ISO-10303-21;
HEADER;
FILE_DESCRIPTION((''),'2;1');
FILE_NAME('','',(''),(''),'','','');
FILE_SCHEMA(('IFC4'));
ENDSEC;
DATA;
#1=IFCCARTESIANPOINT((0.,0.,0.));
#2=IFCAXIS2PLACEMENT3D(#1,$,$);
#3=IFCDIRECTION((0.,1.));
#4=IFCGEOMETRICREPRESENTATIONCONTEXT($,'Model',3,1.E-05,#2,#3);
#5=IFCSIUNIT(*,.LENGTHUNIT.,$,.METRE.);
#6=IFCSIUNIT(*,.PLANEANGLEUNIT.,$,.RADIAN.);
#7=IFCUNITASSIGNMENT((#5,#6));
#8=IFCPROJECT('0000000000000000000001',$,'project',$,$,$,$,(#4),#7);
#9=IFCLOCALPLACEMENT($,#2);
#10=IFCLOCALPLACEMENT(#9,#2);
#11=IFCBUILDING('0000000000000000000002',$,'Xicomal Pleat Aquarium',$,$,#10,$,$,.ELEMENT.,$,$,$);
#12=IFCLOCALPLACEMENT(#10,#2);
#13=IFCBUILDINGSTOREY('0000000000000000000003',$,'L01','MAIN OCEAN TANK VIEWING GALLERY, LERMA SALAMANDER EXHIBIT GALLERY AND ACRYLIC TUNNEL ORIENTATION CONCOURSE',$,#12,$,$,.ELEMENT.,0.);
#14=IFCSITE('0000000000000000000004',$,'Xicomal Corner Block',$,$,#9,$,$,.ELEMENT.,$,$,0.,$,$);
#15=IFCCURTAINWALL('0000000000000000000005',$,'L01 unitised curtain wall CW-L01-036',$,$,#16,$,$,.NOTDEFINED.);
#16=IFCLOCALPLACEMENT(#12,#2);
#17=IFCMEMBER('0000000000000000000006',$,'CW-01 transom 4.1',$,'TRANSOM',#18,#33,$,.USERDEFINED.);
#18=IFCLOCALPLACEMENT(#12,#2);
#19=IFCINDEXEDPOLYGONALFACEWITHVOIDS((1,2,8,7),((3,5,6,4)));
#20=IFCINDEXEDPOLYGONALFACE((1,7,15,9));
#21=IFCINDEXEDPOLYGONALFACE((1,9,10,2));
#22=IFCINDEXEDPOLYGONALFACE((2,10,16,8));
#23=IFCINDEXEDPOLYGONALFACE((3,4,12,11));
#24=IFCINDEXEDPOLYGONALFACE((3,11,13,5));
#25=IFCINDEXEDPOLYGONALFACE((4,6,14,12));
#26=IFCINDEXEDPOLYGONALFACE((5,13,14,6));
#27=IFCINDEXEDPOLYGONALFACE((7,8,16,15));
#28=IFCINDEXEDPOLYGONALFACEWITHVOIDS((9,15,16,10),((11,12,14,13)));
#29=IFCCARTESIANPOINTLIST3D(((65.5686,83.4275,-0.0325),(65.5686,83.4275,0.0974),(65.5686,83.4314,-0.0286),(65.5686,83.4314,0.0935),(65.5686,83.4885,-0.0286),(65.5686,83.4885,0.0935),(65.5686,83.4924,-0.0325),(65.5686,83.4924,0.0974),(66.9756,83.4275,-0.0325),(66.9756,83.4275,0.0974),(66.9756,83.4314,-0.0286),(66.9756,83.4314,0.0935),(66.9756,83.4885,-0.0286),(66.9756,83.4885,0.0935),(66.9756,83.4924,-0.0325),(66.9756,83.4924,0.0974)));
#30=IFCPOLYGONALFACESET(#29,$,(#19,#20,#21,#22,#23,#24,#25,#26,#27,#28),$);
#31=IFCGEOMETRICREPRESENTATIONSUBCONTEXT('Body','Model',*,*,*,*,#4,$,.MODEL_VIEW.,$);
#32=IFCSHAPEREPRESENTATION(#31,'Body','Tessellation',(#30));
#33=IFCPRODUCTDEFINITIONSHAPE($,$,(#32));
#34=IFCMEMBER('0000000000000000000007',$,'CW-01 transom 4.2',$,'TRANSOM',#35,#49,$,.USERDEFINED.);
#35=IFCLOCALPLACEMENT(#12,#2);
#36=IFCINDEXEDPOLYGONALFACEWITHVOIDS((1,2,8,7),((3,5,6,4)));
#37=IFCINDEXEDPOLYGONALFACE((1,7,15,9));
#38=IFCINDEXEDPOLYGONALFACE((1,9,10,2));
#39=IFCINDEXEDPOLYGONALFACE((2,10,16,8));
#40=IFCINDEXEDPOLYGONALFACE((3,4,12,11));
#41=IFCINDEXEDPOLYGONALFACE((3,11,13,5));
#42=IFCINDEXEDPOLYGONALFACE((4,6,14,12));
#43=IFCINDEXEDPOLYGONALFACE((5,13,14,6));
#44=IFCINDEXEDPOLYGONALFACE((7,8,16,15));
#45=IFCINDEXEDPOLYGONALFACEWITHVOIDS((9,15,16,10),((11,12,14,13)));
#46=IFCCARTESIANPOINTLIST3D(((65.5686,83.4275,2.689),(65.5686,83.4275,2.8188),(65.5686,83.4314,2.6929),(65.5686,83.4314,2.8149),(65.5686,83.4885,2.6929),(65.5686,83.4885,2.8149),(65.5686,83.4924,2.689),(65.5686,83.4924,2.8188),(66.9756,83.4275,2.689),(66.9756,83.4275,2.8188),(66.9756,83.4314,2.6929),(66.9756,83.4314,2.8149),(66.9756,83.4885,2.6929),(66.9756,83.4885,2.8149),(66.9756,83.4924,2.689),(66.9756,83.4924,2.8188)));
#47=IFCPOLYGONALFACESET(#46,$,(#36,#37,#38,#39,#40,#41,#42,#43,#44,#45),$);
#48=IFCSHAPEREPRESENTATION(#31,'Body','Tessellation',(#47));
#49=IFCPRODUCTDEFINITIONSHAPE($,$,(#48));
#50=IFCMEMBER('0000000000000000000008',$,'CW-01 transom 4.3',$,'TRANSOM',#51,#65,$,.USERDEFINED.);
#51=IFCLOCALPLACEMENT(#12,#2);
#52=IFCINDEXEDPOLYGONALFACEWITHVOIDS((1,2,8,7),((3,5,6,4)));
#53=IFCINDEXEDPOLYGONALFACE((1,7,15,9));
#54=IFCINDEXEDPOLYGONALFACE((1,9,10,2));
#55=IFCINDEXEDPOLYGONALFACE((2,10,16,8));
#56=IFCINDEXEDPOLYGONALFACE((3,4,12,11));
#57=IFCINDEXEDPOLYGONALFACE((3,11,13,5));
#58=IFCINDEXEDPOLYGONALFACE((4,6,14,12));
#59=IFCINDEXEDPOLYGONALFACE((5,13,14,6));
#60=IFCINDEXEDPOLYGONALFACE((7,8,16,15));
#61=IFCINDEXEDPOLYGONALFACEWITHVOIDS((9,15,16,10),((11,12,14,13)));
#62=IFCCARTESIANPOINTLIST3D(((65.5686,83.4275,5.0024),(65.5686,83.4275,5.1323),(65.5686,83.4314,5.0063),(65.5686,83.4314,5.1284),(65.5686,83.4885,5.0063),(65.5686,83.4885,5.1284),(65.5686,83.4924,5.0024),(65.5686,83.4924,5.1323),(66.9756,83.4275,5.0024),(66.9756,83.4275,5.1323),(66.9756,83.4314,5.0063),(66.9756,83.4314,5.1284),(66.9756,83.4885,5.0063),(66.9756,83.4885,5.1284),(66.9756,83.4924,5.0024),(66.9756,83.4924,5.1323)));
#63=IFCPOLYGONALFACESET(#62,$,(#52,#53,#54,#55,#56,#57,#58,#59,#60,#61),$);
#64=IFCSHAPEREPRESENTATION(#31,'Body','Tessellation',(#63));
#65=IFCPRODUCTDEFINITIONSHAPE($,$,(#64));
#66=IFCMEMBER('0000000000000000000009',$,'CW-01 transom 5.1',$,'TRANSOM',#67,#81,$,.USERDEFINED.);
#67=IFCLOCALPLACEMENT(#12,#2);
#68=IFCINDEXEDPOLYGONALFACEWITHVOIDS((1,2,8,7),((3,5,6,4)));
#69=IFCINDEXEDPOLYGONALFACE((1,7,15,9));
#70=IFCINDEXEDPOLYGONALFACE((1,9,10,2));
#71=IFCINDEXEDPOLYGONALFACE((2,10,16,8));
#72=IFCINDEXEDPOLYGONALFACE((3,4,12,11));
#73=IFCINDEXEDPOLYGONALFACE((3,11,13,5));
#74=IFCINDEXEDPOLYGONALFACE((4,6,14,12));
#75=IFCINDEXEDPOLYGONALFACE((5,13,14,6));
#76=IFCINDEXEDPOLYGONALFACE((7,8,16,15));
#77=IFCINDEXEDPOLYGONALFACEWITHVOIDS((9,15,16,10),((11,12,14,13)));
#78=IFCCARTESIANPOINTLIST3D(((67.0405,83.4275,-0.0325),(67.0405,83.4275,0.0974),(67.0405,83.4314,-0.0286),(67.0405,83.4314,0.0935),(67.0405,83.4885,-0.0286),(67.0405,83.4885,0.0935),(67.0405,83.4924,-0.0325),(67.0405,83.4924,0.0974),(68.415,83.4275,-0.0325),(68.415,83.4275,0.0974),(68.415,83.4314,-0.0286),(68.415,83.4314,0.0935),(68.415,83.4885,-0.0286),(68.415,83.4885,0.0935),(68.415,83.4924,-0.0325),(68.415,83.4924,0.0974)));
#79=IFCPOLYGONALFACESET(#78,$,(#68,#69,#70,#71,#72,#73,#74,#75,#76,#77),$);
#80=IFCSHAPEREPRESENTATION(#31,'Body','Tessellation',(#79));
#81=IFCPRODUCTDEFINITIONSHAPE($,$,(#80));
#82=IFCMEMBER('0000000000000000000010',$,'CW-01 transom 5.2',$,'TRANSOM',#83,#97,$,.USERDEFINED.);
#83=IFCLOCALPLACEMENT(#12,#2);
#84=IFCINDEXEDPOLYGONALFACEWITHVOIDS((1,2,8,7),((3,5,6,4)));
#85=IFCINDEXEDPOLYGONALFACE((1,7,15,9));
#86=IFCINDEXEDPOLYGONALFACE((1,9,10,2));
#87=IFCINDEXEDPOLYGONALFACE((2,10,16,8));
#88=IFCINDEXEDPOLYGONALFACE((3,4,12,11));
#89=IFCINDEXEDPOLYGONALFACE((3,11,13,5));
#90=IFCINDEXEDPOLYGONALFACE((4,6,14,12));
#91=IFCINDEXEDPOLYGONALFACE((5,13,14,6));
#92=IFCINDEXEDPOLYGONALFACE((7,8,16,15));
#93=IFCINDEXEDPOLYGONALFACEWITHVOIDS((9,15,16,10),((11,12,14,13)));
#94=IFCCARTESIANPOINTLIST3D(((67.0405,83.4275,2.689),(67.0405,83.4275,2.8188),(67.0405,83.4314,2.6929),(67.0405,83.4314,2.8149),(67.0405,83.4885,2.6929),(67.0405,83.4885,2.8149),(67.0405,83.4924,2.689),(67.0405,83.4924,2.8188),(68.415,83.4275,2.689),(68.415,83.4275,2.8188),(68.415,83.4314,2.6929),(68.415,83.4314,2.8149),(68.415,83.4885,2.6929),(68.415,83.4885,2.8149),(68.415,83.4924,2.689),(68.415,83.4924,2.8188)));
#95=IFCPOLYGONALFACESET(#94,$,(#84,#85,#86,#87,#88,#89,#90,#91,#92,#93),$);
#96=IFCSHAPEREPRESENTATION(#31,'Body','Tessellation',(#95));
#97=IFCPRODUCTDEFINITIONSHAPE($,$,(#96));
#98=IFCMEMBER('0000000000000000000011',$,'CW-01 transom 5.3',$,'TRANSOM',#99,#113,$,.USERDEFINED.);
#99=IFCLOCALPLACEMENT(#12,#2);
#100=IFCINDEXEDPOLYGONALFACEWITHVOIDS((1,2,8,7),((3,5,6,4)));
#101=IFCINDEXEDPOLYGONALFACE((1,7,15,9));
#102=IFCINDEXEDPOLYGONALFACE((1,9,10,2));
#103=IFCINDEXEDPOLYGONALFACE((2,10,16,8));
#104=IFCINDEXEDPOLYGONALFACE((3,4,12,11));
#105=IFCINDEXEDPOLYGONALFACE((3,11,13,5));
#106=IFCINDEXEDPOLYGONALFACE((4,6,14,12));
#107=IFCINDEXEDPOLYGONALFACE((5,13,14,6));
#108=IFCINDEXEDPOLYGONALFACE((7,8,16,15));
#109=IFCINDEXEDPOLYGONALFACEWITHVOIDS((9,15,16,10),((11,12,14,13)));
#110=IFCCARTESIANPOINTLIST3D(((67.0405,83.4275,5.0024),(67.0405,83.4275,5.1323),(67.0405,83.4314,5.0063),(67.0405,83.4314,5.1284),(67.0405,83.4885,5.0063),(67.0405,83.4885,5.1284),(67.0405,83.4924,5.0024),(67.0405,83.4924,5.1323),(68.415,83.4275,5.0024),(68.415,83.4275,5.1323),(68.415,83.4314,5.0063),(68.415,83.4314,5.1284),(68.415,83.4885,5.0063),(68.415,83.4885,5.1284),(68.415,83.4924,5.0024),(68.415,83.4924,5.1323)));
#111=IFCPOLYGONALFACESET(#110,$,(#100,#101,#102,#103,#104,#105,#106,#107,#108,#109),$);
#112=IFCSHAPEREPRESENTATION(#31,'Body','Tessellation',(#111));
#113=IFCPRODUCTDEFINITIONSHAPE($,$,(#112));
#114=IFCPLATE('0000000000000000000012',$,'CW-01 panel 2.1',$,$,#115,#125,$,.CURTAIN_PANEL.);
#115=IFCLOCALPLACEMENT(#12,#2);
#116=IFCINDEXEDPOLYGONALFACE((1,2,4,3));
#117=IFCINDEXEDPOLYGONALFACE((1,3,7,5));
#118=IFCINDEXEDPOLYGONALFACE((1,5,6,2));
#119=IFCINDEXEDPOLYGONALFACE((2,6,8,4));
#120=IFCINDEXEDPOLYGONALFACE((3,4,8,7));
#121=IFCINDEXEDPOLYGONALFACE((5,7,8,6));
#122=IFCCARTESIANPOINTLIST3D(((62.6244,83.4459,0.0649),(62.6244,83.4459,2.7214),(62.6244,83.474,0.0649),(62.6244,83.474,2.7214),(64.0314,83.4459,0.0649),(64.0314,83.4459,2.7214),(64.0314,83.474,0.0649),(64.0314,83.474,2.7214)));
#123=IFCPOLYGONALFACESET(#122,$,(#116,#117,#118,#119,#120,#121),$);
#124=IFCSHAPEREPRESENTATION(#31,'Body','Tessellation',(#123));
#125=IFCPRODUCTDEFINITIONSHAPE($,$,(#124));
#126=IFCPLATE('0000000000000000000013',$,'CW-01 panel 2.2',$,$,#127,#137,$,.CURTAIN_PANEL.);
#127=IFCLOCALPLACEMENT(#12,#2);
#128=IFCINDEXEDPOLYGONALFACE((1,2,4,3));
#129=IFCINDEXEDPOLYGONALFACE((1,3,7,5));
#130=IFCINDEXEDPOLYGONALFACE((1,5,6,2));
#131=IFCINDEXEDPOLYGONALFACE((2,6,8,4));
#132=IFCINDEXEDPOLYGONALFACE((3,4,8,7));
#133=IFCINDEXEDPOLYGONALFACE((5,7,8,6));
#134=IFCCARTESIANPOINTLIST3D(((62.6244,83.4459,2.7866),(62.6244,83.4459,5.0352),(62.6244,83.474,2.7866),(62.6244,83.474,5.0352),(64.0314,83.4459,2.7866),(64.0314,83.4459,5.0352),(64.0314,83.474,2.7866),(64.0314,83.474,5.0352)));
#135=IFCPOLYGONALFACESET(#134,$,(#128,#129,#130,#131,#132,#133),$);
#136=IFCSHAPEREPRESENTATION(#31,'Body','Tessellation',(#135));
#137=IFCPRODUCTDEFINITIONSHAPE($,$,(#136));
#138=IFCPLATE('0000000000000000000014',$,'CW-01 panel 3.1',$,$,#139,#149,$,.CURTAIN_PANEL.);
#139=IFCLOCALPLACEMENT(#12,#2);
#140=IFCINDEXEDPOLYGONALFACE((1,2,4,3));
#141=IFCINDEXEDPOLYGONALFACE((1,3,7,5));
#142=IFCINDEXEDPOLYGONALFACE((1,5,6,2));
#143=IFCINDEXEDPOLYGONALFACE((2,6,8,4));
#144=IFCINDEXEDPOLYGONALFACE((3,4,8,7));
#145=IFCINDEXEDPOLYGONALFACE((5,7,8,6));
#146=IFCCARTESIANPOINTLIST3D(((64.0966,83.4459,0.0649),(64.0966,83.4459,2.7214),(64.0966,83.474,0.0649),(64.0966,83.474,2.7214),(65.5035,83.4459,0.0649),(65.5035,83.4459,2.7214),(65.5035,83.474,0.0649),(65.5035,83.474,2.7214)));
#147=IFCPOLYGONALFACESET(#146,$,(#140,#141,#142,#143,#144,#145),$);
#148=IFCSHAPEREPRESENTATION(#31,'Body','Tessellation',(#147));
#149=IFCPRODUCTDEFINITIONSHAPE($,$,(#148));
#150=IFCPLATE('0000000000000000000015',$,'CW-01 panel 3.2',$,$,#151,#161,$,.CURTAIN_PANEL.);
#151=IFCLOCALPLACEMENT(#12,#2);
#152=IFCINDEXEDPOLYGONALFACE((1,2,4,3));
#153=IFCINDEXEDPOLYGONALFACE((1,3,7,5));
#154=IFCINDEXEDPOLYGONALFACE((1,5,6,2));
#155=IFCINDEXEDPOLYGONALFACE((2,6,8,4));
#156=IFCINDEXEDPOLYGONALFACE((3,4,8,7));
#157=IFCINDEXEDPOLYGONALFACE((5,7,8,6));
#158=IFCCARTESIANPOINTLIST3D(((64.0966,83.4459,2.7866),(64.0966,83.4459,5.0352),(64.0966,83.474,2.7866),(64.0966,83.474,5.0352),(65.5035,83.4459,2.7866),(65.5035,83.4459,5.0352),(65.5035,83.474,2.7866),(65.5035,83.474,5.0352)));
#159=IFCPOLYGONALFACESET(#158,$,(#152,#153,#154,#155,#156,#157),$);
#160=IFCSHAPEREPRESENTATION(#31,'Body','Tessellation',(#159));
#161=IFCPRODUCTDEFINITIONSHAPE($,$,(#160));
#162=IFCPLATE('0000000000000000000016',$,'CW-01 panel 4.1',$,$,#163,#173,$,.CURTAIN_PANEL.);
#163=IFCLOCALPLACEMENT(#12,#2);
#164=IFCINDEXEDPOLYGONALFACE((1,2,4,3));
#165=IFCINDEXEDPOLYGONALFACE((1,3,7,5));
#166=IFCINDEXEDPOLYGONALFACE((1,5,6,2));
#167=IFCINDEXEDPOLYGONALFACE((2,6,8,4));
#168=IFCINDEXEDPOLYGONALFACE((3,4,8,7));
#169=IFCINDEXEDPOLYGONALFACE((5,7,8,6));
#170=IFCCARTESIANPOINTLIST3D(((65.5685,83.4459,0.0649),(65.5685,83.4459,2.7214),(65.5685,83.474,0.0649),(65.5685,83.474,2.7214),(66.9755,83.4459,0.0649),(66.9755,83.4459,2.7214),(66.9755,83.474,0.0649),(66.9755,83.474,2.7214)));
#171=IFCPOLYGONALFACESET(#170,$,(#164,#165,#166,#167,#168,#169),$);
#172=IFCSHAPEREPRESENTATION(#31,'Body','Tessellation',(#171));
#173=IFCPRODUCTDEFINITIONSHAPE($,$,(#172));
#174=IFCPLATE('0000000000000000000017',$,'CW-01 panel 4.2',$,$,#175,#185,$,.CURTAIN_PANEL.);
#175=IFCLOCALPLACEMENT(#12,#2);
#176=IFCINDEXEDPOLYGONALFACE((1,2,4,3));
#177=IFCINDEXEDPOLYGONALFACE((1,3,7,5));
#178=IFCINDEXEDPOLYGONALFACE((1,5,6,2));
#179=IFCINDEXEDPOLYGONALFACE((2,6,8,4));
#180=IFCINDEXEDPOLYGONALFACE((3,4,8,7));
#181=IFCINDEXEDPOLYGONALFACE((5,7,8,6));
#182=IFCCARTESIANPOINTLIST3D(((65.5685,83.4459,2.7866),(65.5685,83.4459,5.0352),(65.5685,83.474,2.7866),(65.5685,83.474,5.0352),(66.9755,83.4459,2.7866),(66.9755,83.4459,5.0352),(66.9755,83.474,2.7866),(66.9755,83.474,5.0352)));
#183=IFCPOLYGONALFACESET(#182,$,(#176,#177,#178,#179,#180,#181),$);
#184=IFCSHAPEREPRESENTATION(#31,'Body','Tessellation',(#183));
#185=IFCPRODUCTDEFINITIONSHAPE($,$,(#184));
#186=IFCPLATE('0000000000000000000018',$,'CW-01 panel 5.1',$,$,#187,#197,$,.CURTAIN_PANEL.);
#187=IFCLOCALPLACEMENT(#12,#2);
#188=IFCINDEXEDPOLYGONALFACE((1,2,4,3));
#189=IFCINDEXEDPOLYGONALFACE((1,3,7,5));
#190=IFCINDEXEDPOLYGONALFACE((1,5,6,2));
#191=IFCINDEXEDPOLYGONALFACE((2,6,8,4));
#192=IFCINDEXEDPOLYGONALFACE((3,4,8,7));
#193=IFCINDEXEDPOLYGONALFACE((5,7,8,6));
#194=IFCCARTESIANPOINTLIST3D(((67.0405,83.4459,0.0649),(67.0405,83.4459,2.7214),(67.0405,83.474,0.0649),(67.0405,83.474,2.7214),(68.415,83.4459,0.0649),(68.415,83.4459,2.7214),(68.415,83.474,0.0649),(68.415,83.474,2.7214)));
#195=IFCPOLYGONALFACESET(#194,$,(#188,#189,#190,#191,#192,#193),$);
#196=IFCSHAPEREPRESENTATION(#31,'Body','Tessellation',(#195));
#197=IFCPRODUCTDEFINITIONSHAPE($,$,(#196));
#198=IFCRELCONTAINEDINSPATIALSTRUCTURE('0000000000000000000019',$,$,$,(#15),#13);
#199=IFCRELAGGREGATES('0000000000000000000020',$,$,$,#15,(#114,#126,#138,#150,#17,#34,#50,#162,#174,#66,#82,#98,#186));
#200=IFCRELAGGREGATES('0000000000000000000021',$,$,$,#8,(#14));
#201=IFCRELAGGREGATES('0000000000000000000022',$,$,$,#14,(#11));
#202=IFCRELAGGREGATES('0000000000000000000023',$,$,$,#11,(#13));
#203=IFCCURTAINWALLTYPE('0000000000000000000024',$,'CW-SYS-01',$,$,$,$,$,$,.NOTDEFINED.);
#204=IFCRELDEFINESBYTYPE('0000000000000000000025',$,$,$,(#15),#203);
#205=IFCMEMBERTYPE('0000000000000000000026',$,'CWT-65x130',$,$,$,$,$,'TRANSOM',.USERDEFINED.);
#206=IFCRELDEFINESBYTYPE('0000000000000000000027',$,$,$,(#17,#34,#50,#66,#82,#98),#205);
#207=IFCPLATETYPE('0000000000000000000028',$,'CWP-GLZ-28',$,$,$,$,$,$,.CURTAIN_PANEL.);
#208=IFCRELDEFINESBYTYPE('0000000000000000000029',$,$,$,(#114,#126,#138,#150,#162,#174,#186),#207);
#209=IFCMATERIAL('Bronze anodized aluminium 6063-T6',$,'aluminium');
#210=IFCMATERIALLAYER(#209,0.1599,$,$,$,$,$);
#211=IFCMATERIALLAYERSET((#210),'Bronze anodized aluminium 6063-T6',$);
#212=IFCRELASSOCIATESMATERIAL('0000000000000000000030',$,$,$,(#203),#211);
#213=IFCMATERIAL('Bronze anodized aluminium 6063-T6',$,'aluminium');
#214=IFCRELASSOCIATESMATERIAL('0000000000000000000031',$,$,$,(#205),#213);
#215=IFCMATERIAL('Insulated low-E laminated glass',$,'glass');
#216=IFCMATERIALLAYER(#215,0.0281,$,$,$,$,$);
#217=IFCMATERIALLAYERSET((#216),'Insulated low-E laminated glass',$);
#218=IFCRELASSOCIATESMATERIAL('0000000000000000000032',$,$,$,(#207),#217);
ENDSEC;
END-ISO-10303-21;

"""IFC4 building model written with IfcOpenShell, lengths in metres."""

from ifc_helpers import new_model, si_unit, direction, frame, origin, origin_2d, place, context, subcontext, project, spatial, rectangle, hollow_rectangle, extrude, material, layer, layer_set, material_profile, profile_set, type_object, element, aggregate, save


model = new_model("IFC4")

# Units and contexts
model_context = context("Model", 3, precision=1e-05, world=origin(), true_north=direction((0.0, 1.0)))
body_context = subcontext(model_context, "Body", "Model", "MODEL_VIEW")
ifc_project = project(units=[si_unit("LENGTHUNIT", "METRE"), si_unit("PLANEANGLEUNIT", "RADIAN")], contexts=[model_context])

# Site, building, storey
site_placement = place(None, origin())
site = spatial("IfcSite", under=ifc_project, at=site_placement, Name="Xicomal Corner Block", CompositionType="ELEMENT", RefElevation=0.0)
building_placement = place(site_placement, origin())
building = spatial("IfcBuilding", under=site, at=building_placement, Name="Xicomal Pleat Aquarium", CompositionType="ELEMENT")
storey_placement = place(building_placement, origin())
storey = spatial("IfcBuildingStorey", under=building, at=storey_placement, Name="L01", Description="MAIN OCEAN TANK VIEWING GALLERY, LERMA SALAMANDER EXHIBIT GALLERY AND ACRYLIC TUNNEL ORIENTATION CONCOURSE", CompositionType="ELEMENT", Elevation=0.0)

# Curtain wall, members, plates
ifc_material_1 = material(Name="Bronze anodized aluminium 6063-T6", Category="aluminium")
ifc_layer_1 = layer(ifc_material_1, 0.1599)
ifc_layer_set_1 = layer_set([ifc_layer_1], Name="Bronze anodized aluminium 6063-T6")
curtain_wall_type = type_object("IfcCurtainWallType", Name="CW-SYS-01", PredefinedType="NOTDEFINED", material=ifc_layer_set_1)
curtain_wall_placement = place(storey_placement, origin())
curtain_wall = element("IfcCurtainWall", 1, at=curtain_wall_placement, inside=storey, type_object=curtain_wall_type, Name="L01 unitised curtain wall CW-L01-036", PredefinedType="NOTDEFINED")
ifc_material_2 = material(Name="Bronze anodized aluminium 6063-T6", Category="aluminium")
ifc_material_profile_1 = material_profile(ifc_material_2, hollow_rectangle(XDim=0.0649, YDim=0.1299, WallThickness=0.0039, at=origin_2d()), Name="ALU TRAN 65x130")
ifc_profile_set_1 = profile_set([ifc_material_profile_1], Name="Bronze anodized aluminium 6063-T6")
member_type_1 = type_object("IfcMemberType", Name="CWT-65x130", ElementType="TRANSOM", PredefinedType="USERDEFINED", material=ifc_profile_set_1)
member_1_placement = place(storey_placement, frame((65.5686, 83.46, 0.0325), z_axis=(1.0, 0.0, 0.0), x_axis=(0.0, 1.0, 0.0)))
member_1 = element("IfcMember", 2, at=member_1_placement, type_object=member_type_1, Name="CW-01 transom 4.1", ObjectType="TRANSOM", PredefinedType="USERDEFINED", context=body_context, shape_type="SweptSolid", body=[
    extrude(hollow_rectangle(XDim=0.0649, YDim=0.1299, WallThickness=0.0039, at=origin_2d()), origin(), (0.0, 0.0, 1.0), 1.407),
])
member_2_placement = place(storey_placement, frame((65.5686, 83.46, 2.7539), z_axis=(1.0, 0.0, 0.0), x_axis=(0.0, 1.0, 0.0)))
member_2 = element("IfcMember", 3, at=member_2_placement, type_object=member_type_1, Name="CW-01 transom 4.2", ObjectType="TRANSOM", PredefinedType="USERDEFINED", context=body_context, shape_type="SweptSolid", body=[
    extrude(hollow_rectangle(XDim=0.0649, YDim=0.1299, WallThickness=0.0039, at=origin_2d()), origin(), (0.0, 0.0, 1.0), 1.407),
])
member_3_placement = place(storey_placement, frame((65.5686, 83.46, 5.0674), z_axis=(1.0, 0.0, 0.0), x_axis=(0.0, 1.0, 0.0)))
member_3 = element("IfcMember", 4, at=member_3_placement, type_object=member_type_1, Name="CW-01 transom 4.3", ObjectType="TRANSOM", PredefinedType="USERDEFINED", context=body_context, shape_type="SweptSolid", body=[
    extrude(hollow_rectangle(XDim=0.0649, YDim=0.1299, WallThickness=0.0039, at=origin_2d()), origin(), (0.0, 0.0, 1.0), 1.407),
])
member_4_placement = place(storey_placement, frame((67.0405, 83.46, 0.0325), z_axis=(1.0, 0.0, 0.0), x_axis=(0.0, 1.0, 0.0)))
member_4 = element("IfcMember", 5, at=member_4_placement, type_object=member_type_1, Name="CW-01 transom 5.1", ObjectType="TRANSOM", PredefinedType="USERDEFINED", context=body_context, shape_type="SweptSolid", body=[
    extrude(hollow_rectangle(XDim=0.0649, YDim=0.1299, WallThickness=0.0039, at=origin_2d()), origin(), (0.0, 0.0, 1.0), 1.3745),
])
member_5_placement = place(storey_placement, frame((67.0405, 83.46, 2.7539), z_axis=(1.0, 0.0, 0.0), x_axis=(0.0, 1.0, 0.0)))
member_5 = element("IfcMember", 6, at=member_5_placement, type_object=member_type_1, Name="CW-01 transom 5.2", ObjectType="TRANSOM", PredefinedType="USERDEFINED", context=body_context, shape_type="SweptSolid", body=[
    extrude(hollow_rectangle(XDim=0.0649, YDim=0.1299, WallThickness=0.0039, at=origin_2d()), origin(), (0.0, 0.0, 1.0), 1.3745),
])
member_6_placement = place(storey_placement, frame((67.0405, 83.46, 5.0674), z_axis=(1.0, 0.0, 0.0), x_axis=(0.0, 1.0, 0.0)))
member_6 = element("IfcMember", 7, at=member_6_placement, type_object=member_type_1, Name="CW-01 transom 5.3", ObjectType="TRANSOM", PredefinedType="USERDEFINED", context=body_context, shape_type="SweptSolid", body=[
    extrude(hollow_rectangle(XDim=0.0649, YDim=0.1299, WallThickness=0.0039, at=origin_2d()), origin(), (0.0, 0.0, 1.0), 1.3745),
])
ifc_material_3 = material(Name="Insulated low-E laminated glass", Category="glass")
ifc_layer_2 = layer(ifc_material_3, 0.0281)
ifc_layer_set_2 = layer_set([ifc_layer_2], Name="Insulated low-E laminated glass")
plate_type = type_object("IfcPlateType", Name="CWP-GLZ-28", PredefinedType="CURTAIN_PANEL", material=ifc_layer_set_2)
plate_1_placement = place(storey_placement, frame((63.3279, 83.46, 0.0649), z_axis=(0.0, 0.0, 1.0), x_axis=(1.0, 0.0, 0.0)))
plate_1 = element("IfcPlate", 8, at=plate_1_placement, type_object=plate_type, Name="CW-01 panel 2.1", PredefinedType="CURTAIN_PANEL", context=body_context, shape_type="SweptSolid", body=[
    extrude(rectangle(XDim=1.407, YDim=0.0281, at=origin_2d()), origin(), (0.0, 0.0, 1.0), 2.6565),
])
plate_2_placement = place(storey_placement, frame((63.3279, 83.46, 2.7866), z_axis=(0.0, 0.0, 1.0), x_axis=(1.0, 0.0, 0.0)))
plate_2 = element("IfcPlate", 9, at=plate_2_placement, type_object=plate_type, Name="CW-01 panel 2.2", PredefinedType="CURTAIN_PANEL", context=body_context, shape_type="SweptSolid", body=[
    extrude(rectangle(XDim=1.407, YDim=0.0281, at=origin_2d()), origin(), (0.0, 0.0, 1.0), 2.2485),
])
plate_3_placement = place(storey_placement, frame((64.8, 83.46, 0.0649), z_axis=(0.0, 0.0, 1.0), x_axis=(1.0, 0.0, 0.0)))
plate_3 = element("IfcPlate", 10, at=plate_3_placement, type_object=plate_type, Name="CW-01 panel 3.1", PredefinedType="CURTAIN_PANEL", context=body_context, shape_type="SweptSolid", body=[
    extrude(rectangle(XDim=1.407, YDim=0.0281, at=origin_2d()), origin(), (0.0, 0.0, 1.0), 2.6565),
])
plate_4_placement = place(storey_placement, frame((64.8, 83.46, 2.7866), z_axis=(0.0, 0.0, 1.0), x_axis=(1.0, 0.0, 0.0)))
plate_4 = element("IfcPlate", 11, at=plate_4_placement, type_object=plate_type, Name="CW-01 panel 3.2", PredefinedType="CURTAIN_PANEL", context=body_context, shape_type="SweptSolid", body=[
    extrude(rectangle(XDim=1.407, YDim=0.0281, at=origin_2d()), origin(), (0.0, 0.0, 1.0), 2.2485),
])
plate_5_placement = place(storey_placement, frame((66.272, 83.46, 0.0649), z_axis=(0.0, 0.0, 1.0), x_axis=(1.0, 0.0, 0.0)))
plate_5 = element("IfcPlate", 12, at=plate_5_placement, type_object=plate_type, Name="CW-01 panel 4.1", PredefinedType="CURTAIN_PANEL", context=body_context, shape_type="SweptSolid", body=[
    extrude(rectangle(XDim=1.407, YDim=0.0281, at=origin_2d()), origin(), (0.0, 0.0, 1.0), 2.6565),
])
plate_6_placement = place(storey_placement, frame((66.272, 83.46, 2.7866), z_axis=(0.0, 0.0, 1.0), x_axis=(1.0, 0.0, 0.0)))
plate_6 = element("IfcPlate", 13, at=plate_6_placement, type_object=plate_type, Name="CW-01 panel 4.2", PredefinedType="CURTAIN_PANEL", context=body_context, shape_type="SweptSolid", body=[
    extrude(rectangle(XDim=1.407, YDim=0.0281, at=origin_2d()), origin(), (0.0, 0.0, 1.0), 2.2485),
])
plate_7_placement = place(storey_placement, frame((67.7278, 83.46, 0.0649), z_axis=(0.0, 0.0, 1.0), x_axis=(1.0, 0.0, 0.0)))
plate_7 = element("IfcPlate", 14, at=plate_7_placement, type_object=plate_type, Name="CW-01 panel 5.1", PredefinedType="CURTAIN_PANEL", context=body_context, shape_type="SweptSolid", body=[
    extrude(rectangle(XDim=1.3745, YDim=0.0281, at=origin_2d()), origin(), (0.0, 0.0, 1.0), 2.6565),
])
aggregate(curtain_wall, [plate_1, plate_2, plate_3, plate_4, member_1, member_2, member_3, plate_5, plate_6, member_4, member_5, member_6, plate_7])

save(model, "model.ifc")
